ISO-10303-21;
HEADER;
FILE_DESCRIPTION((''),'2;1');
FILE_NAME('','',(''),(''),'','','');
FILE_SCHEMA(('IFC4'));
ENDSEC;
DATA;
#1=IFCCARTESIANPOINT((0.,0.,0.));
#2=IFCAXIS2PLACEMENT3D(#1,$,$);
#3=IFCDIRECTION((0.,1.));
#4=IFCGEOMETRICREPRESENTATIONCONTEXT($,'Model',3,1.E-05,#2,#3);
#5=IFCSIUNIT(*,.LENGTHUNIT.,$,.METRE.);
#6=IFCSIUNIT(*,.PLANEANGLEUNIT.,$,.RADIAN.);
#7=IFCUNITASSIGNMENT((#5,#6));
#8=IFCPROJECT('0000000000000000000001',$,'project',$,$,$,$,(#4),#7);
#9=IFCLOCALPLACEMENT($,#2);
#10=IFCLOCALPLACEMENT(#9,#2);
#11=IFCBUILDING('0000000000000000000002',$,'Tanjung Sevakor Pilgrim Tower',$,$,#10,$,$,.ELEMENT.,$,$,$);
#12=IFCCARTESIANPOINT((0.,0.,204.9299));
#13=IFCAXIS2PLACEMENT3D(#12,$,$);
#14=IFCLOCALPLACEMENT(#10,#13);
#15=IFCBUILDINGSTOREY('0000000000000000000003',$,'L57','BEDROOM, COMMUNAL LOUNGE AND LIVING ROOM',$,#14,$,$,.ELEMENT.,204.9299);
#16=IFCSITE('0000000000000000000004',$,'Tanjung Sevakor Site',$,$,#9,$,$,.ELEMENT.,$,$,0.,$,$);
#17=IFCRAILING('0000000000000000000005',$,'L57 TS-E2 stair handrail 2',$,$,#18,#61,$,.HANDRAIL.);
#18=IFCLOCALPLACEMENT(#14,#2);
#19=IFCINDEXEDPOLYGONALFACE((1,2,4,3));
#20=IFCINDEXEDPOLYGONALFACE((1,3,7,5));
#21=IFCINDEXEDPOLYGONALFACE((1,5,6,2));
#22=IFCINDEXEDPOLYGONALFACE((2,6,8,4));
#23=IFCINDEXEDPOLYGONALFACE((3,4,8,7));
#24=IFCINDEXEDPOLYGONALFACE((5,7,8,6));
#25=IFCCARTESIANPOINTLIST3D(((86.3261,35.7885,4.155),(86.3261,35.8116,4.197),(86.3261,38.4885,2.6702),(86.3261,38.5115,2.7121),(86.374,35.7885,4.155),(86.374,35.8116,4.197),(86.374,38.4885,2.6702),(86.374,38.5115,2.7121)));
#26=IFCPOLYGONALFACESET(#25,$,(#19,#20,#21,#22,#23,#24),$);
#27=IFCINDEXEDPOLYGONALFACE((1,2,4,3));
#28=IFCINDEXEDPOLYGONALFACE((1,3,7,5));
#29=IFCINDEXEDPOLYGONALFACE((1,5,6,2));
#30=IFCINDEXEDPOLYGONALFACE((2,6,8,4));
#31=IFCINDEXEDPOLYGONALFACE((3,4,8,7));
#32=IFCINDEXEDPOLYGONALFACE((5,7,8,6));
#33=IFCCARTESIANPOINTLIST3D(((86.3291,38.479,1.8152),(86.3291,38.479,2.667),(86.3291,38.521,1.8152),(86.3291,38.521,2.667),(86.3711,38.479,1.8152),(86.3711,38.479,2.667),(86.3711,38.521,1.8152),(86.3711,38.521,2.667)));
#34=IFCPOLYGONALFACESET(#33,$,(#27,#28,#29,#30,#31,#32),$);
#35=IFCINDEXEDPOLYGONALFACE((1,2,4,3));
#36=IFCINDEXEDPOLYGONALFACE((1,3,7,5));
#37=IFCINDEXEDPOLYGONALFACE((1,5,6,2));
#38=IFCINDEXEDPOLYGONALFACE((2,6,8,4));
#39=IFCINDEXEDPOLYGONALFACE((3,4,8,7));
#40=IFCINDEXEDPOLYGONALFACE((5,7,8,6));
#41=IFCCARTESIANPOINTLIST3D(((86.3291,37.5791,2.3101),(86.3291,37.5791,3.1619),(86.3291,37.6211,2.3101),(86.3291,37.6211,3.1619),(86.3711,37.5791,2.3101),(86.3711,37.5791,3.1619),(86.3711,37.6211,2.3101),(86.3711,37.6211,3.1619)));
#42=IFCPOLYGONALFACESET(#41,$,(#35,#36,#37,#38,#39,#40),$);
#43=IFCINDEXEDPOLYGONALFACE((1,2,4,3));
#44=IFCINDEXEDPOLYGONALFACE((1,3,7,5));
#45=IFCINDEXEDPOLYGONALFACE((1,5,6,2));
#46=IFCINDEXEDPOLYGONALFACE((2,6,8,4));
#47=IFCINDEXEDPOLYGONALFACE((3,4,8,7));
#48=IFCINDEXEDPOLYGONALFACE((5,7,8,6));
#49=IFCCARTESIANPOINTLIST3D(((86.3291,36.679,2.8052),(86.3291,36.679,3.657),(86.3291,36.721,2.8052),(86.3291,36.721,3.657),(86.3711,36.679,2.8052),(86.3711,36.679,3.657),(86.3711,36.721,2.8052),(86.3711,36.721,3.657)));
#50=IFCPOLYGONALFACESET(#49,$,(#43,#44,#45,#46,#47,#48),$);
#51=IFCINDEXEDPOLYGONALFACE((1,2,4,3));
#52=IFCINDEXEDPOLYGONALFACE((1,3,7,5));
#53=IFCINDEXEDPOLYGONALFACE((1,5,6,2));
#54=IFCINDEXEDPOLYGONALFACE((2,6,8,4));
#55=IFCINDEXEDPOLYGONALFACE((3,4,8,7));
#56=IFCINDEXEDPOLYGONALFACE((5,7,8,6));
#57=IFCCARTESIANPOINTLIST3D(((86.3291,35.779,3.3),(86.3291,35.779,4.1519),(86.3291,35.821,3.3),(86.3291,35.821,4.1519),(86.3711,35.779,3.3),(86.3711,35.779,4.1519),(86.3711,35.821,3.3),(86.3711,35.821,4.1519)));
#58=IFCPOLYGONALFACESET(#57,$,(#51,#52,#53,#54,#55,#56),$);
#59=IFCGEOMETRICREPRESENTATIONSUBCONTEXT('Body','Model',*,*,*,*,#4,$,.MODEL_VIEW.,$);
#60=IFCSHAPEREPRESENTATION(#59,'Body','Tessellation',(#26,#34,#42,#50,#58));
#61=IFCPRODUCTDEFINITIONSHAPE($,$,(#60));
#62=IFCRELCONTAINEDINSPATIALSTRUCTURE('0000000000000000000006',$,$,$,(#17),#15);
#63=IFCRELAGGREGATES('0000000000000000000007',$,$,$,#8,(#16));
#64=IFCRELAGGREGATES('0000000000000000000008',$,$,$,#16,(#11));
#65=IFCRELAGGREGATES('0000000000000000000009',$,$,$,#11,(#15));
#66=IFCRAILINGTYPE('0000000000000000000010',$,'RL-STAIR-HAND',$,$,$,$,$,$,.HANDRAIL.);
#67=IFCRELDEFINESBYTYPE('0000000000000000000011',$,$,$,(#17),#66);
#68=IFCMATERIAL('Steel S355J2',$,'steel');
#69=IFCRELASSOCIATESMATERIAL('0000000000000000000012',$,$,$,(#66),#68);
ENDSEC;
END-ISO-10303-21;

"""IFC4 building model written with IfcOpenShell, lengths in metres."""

from ifc_helpers import new_model, si_unit, direction, frame, origin, place, context, subcontext, project, spatial, rectangle, extrude, material, type_object, element, save


model = new_model("IFC4")

# Units and contexts
model_context = context("Model", 3, precision=1e-05, world=origin(), true_north=direction((0.0, 1.0)))
body_context = subcontext(model_context, "Body", "Model", "MODEL_VIEW")
ifc_project = project(units=[si_unit("LENGTHUNIT", "METRE"), si_unit("PLANEANGLEUNIT", "RADIAN")], contexts=[model_context])

# Site, building, storey
site_placement = place(None, origin())
site = spatial("IfcSite", under=ifc_project, at=site_placement, Name="Tanjung Sevakor Site", CompositionType="ELEMENT", RefElevation=0.0)
building_placement = place(site_placement, origin())
building = spatial("IfcBuilding", under=site, at=building_placement, Name="Tanjung Sevakor Pilgrim Tower", CompositionType="ELEMENT")
storey_placement = place(building_placement, frame((0.0, 0.0, 204.9299)))
storey = spatial("IfcBuildingStorey", under=building, at=storey_placement, Name="L57", Description="BEDROOM, COMMUNAL LOUNGE AND LIVING ROOM", CompositionType="ELEMENT", Elevation=204.9299)

# Railing
ifc_material_1 = material(Name="Steel S355J2", Category="steel")
railing_type_1 = type_object("IfcRailingType", Name="RL-STAIR-HAND", PredefinedType="HANDRAIL", material=ifc_material_1)
railing_1_placement = place(storey_placement, frame((86.3501, 38.5, 1.8152)))
element("IfcRailing", 1, at=railing_1_placement, inside=storey, type_object=railing_type_1, Name="L57 TS-E2 stair handrail 2", PredefinedType="HANDRAIL", context=body_context, shape_type="SweptSolid", body=[
    extrude(rectangle(XDim=0.0479, YDim=0.0479), frame((0.0, 0.0, 0.876), z_axis=(0.0, -0.876231, 0.481891), x_axis=(1.0, 0.0, 0.0)), (0.0, 0.0, 1.0), 3.0813),
    extrude(rectangle(XDim=0.042, YDim=0.042), origin(), (0.0, 0.0, 1.0), 0.8518),
    extrude(rectangle(XDim=0.042, YDim=0.042), frame((0.0, -0.8999, 0.4949)), (0.0, 0.0, 1.0), 0.8518),
    extrude(rectangle(XDim=0.042, YDim=0.042), frame((0.0, -1.8, 0.99)), (0.0, 0.0, 1.0), 0.8518),
    extrude(rectangle(XDim=0.042, YDim=0.042), frame((0.0, -2.7, 1.4849)), (0.0, 0.0, 1.0), 0.8518),
])

save(model, "model.ifc")
